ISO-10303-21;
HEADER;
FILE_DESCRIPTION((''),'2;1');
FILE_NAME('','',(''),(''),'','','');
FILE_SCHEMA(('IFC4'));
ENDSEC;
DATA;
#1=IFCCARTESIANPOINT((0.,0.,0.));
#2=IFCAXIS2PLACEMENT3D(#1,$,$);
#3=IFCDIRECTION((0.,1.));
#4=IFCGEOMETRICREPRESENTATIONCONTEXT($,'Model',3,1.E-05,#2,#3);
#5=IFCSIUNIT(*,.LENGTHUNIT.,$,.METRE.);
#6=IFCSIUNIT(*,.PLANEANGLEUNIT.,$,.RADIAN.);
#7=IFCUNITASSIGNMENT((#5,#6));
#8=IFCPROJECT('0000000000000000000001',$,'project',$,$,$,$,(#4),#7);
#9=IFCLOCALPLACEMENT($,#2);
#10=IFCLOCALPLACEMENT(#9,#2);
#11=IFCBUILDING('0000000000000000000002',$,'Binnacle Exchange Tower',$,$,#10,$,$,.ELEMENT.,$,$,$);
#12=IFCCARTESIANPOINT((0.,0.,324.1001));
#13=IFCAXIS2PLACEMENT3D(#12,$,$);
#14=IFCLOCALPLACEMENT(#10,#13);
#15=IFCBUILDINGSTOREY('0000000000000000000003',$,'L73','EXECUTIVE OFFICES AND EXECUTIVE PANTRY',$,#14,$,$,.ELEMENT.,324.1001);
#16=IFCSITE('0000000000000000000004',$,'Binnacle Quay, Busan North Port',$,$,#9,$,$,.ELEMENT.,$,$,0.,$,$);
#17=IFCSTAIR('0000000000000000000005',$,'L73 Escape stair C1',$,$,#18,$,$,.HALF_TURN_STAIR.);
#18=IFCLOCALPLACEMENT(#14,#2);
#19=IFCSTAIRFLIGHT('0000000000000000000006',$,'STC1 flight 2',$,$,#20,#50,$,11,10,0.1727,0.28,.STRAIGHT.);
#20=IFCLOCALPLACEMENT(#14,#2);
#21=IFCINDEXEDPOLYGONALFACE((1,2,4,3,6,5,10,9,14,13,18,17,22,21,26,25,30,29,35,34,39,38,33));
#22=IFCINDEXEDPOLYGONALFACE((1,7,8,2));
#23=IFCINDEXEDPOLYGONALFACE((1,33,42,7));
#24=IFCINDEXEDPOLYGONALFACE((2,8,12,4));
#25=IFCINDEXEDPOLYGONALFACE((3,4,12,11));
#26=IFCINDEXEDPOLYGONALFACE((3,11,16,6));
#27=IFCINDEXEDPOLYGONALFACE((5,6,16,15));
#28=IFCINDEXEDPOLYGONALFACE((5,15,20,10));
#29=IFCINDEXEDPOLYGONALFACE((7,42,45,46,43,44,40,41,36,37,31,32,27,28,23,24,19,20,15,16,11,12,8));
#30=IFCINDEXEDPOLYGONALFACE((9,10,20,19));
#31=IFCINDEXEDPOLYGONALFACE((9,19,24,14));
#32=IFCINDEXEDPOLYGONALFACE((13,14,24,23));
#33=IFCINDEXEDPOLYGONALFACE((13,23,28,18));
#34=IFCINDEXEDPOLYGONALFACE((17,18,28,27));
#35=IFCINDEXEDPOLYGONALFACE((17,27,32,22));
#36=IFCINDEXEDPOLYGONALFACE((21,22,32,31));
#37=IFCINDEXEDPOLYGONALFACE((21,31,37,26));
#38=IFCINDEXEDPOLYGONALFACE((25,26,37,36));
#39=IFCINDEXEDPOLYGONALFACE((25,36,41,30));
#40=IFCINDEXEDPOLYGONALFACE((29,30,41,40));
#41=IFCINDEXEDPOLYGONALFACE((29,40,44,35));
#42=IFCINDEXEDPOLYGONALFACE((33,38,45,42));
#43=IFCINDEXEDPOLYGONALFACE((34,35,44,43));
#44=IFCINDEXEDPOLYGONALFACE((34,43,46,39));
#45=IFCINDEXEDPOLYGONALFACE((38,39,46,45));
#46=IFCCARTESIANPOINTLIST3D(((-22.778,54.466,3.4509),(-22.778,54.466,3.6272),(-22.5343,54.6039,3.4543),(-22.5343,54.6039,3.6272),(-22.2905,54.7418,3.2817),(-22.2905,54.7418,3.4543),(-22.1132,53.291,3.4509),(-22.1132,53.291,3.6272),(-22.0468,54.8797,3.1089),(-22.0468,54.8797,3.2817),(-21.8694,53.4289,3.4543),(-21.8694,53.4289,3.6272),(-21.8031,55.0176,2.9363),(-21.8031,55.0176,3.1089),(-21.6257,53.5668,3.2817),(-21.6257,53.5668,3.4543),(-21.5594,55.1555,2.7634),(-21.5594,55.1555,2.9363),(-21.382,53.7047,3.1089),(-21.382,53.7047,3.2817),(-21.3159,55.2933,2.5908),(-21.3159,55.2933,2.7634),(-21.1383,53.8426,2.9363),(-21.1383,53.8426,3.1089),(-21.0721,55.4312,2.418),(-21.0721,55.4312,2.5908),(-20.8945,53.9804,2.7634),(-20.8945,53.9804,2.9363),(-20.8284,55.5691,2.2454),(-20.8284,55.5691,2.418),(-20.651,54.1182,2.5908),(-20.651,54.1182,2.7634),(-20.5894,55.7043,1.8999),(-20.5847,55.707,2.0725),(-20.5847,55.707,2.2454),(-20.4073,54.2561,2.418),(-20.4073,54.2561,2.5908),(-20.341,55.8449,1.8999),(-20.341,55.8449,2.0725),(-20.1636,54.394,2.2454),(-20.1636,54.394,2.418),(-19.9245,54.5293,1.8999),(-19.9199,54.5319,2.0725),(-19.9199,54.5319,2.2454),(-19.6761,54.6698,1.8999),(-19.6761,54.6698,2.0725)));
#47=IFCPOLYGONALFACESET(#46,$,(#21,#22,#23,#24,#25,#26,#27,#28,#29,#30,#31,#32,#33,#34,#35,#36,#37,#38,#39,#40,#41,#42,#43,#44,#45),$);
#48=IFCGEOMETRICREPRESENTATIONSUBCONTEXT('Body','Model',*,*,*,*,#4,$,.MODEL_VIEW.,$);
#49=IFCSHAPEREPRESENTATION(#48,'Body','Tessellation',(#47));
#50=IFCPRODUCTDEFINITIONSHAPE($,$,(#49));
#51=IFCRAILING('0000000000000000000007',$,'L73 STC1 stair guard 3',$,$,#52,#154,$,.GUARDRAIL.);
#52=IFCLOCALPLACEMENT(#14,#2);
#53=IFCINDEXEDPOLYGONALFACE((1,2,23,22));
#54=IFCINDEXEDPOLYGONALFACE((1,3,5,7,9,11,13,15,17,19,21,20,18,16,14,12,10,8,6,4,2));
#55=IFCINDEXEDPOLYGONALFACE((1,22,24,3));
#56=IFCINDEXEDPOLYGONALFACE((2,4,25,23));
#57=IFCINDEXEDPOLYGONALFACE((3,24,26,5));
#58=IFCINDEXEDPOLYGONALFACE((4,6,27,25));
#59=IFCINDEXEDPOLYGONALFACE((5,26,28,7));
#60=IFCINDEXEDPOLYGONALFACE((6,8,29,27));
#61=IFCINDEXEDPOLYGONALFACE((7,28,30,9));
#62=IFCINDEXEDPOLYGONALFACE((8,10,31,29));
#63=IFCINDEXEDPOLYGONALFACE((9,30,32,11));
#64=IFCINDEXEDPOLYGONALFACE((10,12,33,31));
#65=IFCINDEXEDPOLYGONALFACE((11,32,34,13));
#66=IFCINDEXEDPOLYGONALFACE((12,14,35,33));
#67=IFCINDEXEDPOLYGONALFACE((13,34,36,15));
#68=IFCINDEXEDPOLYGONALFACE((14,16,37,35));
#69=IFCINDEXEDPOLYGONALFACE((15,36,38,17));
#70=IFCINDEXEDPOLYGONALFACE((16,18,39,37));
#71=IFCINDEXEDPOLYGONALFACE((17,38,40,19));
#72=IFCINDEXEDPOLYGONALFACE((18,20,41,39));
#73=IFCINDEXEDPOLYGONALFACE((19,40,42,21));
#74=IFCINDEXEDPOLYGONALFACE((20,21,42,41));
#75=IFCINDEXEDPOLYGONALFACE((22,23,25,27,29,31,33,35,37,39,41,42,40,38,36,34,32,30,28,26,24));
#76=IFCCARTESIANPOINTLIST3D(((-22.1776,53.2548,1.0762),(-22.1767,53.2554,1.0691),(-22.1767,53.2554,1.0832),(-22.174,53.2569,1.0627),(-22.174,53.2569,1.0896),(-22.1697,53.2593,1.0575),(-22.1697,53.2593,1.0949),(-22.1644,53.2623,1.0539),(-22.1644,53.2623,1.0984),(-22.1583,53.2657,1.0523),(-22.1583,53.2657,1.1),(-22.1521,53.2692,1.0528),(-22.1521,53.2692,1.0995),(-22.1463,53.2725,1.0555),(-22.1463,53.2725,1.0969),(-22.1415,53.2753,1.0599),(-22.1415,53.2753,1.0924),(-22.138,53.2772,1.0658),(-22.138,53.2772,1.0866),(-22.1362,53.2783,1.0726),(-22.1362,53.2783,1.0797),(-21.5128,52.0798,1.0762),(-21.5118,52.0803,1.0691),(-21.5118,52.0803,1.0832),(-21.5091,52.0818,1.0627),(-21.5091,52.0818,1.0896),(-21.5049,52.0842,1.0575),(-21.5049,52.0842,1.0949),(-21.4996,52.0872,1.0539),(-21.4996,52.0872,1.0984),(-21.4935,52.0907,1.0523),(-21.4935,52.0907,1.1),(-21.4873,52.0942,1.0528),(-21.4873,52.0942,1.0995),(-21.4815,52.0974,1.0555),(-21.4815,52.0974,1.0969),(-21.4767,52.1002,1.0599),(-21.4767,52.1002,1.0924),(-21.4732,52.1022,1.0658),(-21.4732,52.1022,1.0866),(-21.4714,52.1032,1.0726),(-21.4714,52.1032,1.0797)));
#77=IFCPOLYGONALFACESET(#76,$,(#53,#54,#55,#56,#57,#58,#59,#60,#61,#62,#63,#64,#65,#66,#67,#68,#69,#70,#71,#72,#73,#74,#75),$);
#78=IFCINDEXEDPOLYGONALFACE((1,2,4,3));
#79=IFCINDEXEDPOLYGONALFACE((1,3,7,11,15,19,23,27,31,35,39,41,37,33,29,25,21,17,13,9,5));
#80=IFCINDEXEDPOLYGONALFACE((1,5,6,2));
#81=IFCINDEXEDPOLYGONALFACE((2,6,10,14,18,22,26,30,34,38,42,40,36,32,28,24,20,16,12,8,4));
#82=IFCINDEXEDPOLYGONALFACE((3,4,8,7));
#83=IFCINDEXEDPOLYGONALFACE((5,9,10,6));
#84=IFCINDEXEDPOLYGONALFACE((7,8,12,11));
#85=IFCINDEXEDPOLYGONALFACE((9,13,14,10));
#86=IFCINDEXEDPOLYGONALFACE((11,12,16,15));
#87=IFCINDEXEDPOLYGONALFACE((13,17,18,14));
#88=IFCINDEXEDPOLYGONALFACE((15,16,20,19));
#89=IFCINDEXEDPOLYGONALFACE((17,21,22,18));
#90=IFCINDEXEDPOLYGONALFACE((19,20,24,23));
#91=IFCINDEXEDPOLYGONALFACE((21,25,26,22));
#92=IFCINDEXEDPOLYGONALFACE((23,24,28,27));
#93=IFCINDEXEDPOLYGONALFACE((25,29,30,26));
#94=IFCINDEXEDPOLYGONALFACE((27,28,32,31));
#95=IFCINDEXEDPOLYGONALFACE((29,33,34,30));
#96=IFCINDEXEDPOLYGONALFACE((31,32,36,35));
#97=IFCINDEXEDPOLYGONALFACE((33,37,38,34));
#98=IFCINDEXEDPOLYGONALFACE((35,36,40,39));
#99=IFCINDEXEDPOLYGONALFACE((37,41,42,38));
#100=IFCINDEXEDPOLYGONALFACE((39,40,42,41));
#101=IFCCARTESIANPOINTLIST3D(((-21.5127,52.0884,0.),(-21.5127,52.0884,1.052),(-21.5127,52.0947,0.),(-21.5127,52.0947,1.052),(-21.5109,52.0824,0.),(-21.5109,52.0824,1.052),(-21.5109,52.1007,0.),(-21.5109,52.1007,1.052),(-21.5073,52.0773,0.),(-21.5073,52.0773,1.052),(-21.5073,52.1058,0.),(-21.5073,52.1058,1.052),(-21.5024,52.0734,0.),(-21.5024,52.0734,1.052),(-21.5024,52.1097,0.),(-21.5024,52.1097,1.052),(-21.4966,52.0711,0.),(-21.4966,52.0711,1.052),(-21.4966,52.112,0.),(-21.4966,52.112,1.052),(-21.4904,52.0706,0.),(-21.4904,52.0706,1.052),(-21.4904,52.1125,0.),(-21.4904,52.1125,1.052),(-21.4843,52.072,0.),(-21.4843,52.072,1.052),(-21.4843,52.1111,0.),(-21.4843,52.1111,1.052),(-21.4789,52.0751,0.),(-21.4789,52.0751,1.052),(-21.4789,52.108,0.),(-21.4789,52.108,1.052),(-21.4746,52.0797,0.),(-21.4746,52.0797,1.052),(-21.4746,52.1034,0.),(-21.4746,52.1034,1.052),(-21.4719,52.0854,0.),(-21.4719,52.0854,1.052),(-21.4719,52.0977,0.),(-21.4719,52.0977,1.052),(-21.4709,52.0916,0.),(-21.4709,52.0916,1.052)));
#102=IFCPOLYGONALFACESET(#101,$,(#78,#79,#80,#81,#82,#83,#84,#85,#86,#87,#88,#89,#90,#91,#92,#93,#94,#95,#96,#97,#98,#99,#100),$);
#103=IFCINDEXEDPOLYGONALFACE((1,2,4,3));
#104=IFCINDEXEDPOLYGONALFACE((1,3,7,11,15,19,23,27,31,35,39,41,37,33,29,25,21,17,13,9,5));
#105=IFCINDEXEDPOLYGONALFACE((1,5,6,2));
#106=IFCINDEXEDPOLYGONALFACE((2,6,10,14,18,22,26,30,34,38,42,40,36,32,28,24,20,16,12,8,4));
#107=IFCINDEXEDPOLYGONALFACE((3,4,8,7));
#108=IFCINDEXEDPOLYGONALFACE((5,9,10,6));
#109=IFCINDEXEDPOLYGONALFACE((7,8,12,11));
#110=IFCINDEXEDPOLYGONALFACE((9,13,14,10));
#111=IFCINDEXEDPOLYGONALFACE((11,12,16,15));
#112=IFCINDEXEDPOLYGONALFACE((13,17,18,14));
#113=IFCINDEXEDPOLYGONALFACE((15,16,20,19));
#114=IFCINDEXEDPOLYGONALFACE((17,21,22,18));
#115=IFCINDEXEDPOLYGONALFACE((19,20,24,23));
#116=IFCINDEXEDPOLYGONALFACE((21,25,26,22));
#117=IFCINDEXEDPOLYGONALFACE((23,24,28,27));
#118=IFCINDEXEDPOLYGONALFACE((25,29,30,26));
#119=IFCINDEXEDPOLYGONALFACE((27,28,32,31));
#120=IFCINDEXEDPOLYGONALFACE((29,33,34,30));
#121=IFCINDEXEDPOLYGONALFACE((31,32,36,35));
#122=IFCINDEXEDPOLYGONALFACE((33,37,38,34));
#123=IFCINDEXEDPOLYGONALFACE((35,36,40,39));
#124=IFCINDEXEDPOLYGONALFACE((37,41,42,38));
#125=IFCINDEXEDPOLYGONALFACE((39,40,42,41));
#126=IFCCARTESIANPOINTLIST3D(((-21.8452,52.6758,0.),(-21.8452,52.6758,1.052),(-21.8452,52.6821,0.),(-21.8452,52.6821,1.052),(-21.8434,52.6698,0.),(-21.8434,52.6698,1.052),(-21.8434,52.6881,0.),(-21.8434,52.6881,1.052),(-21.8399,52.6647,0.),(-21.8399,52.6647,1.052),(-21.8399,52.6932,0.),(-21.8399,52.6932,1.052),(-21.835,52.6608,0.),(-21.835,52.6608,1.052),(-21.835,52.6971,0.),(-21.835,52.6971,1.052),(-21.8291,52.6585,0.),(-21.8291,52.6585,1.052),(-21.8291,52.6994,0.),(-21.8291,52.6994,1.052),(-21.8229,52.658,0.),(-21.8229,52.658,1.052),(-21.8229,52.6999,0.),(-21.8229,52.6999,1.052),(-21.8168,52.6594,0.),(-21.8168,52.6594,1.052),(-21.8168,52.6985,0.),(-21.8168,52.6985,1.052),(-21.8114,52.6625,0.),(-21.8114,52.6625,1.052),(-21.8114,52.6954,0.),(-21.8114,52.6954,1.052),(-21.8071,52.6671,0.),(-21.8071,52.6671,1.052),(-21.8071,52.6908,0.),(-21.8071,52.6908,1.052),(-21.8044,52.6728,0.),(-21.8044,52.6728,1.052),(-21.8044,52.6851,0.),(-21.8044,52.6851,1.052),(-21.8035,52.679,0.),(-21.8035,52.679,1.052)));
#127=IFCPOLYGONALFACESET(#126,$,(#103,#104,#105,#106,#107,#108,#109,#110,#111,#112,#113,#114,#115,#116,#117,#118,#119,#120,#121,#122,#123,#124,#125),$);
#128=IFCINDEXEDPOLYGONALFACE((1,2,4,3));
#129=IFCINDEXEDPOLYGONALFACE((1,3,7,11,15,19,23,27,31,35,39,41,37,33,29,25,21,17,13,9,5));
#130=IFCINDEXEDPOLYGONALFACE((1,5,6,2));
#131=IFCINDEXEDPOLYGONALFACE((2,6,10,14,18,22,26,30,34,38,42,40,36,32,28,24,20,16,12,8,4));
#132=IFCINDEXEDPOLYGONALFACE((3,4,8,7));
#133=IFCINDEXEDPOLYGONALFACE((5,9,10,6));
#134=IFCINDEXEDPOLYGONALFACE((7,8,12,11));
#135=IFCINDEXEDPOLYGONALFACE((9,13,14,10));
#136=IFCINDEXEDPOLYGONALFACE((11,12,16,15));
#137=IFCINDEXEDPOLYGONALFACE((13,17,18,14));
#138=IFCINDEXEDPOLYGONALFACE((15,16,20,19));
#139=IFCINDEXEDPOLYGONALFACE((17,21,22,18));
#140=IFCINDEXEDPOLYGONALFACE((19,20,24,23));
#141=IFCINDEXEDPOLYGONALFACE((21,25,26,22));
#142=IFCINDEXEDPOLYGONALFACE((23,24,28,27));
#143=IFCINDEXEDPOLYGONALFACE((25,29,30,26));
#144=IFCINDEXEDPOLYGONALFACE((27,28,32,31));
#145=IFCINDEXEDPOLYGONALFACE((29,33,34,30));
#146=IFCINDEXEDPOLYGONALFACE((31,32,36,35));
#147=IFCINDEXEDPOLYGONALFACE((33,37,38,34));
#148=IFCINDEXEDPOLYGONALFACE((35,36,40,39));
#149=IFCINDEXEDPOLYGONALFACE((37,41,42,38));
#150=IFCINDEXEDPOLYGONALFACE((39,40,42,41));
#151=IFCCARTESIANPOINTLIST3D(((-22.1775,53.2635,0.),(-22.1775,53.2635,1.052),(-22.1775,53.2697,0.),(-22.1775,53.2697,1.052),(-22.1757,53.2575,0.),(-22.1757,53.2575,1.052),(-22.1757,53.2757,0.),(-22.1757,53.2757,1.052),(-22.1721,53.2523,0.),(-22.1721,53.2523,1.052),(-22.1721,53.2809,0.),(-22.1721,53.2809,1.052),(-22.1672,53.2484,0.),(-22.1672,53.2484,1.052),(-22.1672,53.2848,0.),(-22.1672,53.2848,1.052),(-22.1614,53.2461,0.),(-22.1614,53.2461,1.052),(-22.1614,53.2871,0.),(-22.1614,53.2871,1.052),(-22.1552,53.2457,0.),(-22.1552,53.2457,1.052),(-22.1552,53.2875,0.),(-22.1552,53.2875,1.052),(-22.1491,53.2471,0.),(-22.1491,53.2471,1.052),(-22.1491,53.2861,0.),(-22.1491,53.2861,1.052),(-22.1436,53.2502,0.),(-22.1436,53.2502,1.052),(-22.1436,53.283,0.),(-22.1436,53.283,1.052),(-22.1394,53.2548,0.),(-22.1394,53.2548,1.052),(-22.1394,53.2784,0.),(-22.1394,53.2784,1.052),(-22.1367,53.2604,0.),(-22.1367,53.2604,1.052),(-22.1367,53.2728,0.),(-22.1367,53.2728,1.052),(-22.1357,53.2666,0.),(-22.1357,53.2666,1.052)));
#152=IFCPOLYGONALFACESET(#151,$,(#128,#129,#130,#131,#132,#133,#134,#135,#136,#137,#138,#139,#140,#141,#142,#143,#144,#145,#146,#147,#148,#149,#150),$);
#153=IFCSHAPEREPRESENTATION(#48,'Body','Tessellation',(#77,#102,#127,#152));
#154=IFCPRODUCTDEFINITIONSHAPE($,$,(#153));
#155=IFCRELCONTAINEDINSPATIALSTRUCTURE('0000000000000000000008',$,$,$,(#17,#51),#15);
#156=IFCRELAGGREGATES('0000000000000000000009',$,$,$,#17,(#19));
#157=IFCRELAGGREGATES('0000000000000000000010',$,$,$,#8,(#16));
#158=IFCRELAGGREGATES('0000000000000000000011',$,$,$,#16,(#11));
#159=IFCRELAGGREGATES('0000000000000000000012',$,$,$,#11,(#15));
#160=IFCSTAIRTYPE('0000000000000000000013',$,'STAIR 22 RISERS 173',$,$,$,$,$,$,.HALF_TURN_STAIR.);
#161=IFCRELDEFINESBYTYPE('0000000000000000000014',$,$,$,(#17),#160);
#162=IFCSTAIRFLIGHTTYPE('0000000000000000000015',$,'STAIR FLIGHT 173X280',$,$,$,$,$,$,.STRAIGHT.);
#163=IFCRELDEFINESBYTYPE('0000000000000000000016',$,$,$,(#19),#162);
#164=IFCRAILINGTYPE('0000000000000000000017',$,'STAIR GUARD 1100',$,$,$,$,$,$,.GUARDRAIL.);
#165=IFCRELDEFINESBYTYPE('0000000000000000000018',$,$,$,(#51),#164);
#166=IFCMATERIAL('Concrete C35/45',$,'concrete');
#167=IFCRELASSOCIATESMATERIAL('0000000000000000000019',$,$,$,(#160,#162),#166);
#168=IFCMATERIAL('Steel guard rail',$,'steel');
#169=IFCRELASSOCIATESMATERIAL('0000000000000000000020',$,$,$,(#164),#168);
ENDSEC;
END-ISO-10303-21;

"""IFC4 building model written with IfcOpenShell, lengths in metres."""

from ifc_helpers import new_model, si_unit, direction, frame, origin, origin_2d, place, context, subcontext, project, spatial, polyline, circle, outline, extrude, material, type_object, element, aggregate, save


model = new_model("IFC4")

# Units and contexts
model_context = context("Model", 3, precision=1e-05, world=origin(), true_north=direction((0.0, 1.0)))
body_context = subcontext(model_context, "Body", "Model", "MODEL_VIEW")
ifc_project = project(units=[si_unit("LENGTHUNIT", "METRE"), si_unit("PLANEANGLEUNIT", "RADIAN")], contexts=[model_context])

# Site, building, storey
site_placement = place(None, origin())
site = spatial("IfcSite", under=ifc_project, at=site_placement, Name="Binnacle Quay, Busan North Port", CompositionType="ELEMENT", RefElevation=0.0)
building_placement = place(site_placement, origin())
building = spatial("IfcBuilding", under=site, at=building_placement, Name="Binnacle Exchange Tower", CompositionType="ELEMENT")
storey_placement = place(building_placement, frame((0.0, 0.0, 324.1001)))
storey = spatial("IfcBuildingStorey", under=building, at=storey_placement, Name="L73", Description="EXECUTIVE OFFICES AND EXECUTIVE PANTRY", CompositionType="ELEMENT", Elevation=324.1001)

# Stair, stair flight
ifc_material_1 = material(Name="Concrete C35/45", Category="concrete")
stair_type = type_object("IfcStairType", Name="STAIR 22 RISERS 173", PredefinedType="HALF_TURN_STAIR", material=ifc_material_1)
stair_placement = place(storey_placement, origin())
stair = element("IfcStair", 1, at=stair_placement, inside=storey, type_object=stair_type, Name="L73 Escape stair C1", PredefinedType="HALF_TURN_STAIR")
stair_flight_type = type_object("IfcStairFlightType", Name="STAIR FLIGHT 173X280", PredefinedType="STRAIGHT", material=ifc_material_1)
stair_flight_1_placement = place(storey_placement, frame((-20.0085, 55.2573, 1.8999), z_axis=(0.0, 0.0, 1.0), x_axis=(-0.870356, -0.492424, 0.0)))
stair_flight_1 = element("IfcStairFlight", 2, at=stair_flight_1_placement, type_object=stair_flight_type, Name="STC1 flight 2", NumberOfRisers=11, NumberOfTreads=10, PredefinedType="STRAIGHT", RiserHeight=0.1727, TreadLength=0.28, context=body_context, shape_type="SweptSolid", body=[
    extrude(outline(polyline([(0.0, 0.0), (0.0, 0.1726), (0.28, 0.1726), (0.28, 0.3455), (0.5601, 0.3455), (0.5601, 0.5181), (0.8401, 0.5181), (0.8401, 0.6909), (1.1201, 0.6909), (1.1201, 0.8635), (1.3999, 0.8635), (1.3999, 1.0364), (1.6799, 1.0364), (1.6799, 1.209), (1.96, 1.209), (1.96, 1.3818), (2.24, 1.3818), (2.24, 1.5544), (2.52, 1.5544), (2.52, 1.7273), (2.8, 1.7273), (2.8, 1.8999), (2.8, 1.551), (0.2854, 0.0), (0.0, 0.0)])), frame((0.0, 0.675, 0.0), z_axis=(0.0, -1.0, 0.0), x_axis=(1.0, 0.0, 0.0)), (0.0, 0.0, 1.0), 1.3501),
])
aggregate(stair, [stair_flight_1])

# Railing
ifc_material_2 = material(Name="Steel guard rail", Category="steel")
railing_type_1 = type_object("IfcRailingType", Name="STAIR GUARD 1100", PredefinedType="GUARDRAIL", material=ifc_material_2)
railing_1_placement = place(storey_placement, frame((-21.4919, 52.0916, 0.0)))
element("IfcRailing", 3, at=railing_1_placement, inside=storey, type_object=railing_type_1, Name="L73 STC1 stair guard 3", PredefinedType="GUARDRAIL", context=body_context, shape_type="SweptSolid", body=[
    extrude(circle(Radius=0.0239, at=origin_2d()), frame((0.0, 0.0, 1.0762), z_axis=(-0.492415, 0.870361, 0.0), x_axis=(-0.870361, -0.492415, 0.0)), (0.0, 0.0, 1.0), 1.3501),
    extrude(circle(Radius=0.021, at=origin_2d()), origin(), (0.0, 0.0, 1.0), 1.052),
    extrude(circle(Radius=0.021, at=origin_2d()), frame((-0.3325, 0.5874, 0.0)), (0.0, 0.0, 1.0), 1.052),
    extrude(circle(Radius=0.021, at=origin_2d()), frame((-0.6648, 1.175, 0.0)), (0.0, 0.0, 1.0), 1.052),
])

save(model, "model.ifc")
